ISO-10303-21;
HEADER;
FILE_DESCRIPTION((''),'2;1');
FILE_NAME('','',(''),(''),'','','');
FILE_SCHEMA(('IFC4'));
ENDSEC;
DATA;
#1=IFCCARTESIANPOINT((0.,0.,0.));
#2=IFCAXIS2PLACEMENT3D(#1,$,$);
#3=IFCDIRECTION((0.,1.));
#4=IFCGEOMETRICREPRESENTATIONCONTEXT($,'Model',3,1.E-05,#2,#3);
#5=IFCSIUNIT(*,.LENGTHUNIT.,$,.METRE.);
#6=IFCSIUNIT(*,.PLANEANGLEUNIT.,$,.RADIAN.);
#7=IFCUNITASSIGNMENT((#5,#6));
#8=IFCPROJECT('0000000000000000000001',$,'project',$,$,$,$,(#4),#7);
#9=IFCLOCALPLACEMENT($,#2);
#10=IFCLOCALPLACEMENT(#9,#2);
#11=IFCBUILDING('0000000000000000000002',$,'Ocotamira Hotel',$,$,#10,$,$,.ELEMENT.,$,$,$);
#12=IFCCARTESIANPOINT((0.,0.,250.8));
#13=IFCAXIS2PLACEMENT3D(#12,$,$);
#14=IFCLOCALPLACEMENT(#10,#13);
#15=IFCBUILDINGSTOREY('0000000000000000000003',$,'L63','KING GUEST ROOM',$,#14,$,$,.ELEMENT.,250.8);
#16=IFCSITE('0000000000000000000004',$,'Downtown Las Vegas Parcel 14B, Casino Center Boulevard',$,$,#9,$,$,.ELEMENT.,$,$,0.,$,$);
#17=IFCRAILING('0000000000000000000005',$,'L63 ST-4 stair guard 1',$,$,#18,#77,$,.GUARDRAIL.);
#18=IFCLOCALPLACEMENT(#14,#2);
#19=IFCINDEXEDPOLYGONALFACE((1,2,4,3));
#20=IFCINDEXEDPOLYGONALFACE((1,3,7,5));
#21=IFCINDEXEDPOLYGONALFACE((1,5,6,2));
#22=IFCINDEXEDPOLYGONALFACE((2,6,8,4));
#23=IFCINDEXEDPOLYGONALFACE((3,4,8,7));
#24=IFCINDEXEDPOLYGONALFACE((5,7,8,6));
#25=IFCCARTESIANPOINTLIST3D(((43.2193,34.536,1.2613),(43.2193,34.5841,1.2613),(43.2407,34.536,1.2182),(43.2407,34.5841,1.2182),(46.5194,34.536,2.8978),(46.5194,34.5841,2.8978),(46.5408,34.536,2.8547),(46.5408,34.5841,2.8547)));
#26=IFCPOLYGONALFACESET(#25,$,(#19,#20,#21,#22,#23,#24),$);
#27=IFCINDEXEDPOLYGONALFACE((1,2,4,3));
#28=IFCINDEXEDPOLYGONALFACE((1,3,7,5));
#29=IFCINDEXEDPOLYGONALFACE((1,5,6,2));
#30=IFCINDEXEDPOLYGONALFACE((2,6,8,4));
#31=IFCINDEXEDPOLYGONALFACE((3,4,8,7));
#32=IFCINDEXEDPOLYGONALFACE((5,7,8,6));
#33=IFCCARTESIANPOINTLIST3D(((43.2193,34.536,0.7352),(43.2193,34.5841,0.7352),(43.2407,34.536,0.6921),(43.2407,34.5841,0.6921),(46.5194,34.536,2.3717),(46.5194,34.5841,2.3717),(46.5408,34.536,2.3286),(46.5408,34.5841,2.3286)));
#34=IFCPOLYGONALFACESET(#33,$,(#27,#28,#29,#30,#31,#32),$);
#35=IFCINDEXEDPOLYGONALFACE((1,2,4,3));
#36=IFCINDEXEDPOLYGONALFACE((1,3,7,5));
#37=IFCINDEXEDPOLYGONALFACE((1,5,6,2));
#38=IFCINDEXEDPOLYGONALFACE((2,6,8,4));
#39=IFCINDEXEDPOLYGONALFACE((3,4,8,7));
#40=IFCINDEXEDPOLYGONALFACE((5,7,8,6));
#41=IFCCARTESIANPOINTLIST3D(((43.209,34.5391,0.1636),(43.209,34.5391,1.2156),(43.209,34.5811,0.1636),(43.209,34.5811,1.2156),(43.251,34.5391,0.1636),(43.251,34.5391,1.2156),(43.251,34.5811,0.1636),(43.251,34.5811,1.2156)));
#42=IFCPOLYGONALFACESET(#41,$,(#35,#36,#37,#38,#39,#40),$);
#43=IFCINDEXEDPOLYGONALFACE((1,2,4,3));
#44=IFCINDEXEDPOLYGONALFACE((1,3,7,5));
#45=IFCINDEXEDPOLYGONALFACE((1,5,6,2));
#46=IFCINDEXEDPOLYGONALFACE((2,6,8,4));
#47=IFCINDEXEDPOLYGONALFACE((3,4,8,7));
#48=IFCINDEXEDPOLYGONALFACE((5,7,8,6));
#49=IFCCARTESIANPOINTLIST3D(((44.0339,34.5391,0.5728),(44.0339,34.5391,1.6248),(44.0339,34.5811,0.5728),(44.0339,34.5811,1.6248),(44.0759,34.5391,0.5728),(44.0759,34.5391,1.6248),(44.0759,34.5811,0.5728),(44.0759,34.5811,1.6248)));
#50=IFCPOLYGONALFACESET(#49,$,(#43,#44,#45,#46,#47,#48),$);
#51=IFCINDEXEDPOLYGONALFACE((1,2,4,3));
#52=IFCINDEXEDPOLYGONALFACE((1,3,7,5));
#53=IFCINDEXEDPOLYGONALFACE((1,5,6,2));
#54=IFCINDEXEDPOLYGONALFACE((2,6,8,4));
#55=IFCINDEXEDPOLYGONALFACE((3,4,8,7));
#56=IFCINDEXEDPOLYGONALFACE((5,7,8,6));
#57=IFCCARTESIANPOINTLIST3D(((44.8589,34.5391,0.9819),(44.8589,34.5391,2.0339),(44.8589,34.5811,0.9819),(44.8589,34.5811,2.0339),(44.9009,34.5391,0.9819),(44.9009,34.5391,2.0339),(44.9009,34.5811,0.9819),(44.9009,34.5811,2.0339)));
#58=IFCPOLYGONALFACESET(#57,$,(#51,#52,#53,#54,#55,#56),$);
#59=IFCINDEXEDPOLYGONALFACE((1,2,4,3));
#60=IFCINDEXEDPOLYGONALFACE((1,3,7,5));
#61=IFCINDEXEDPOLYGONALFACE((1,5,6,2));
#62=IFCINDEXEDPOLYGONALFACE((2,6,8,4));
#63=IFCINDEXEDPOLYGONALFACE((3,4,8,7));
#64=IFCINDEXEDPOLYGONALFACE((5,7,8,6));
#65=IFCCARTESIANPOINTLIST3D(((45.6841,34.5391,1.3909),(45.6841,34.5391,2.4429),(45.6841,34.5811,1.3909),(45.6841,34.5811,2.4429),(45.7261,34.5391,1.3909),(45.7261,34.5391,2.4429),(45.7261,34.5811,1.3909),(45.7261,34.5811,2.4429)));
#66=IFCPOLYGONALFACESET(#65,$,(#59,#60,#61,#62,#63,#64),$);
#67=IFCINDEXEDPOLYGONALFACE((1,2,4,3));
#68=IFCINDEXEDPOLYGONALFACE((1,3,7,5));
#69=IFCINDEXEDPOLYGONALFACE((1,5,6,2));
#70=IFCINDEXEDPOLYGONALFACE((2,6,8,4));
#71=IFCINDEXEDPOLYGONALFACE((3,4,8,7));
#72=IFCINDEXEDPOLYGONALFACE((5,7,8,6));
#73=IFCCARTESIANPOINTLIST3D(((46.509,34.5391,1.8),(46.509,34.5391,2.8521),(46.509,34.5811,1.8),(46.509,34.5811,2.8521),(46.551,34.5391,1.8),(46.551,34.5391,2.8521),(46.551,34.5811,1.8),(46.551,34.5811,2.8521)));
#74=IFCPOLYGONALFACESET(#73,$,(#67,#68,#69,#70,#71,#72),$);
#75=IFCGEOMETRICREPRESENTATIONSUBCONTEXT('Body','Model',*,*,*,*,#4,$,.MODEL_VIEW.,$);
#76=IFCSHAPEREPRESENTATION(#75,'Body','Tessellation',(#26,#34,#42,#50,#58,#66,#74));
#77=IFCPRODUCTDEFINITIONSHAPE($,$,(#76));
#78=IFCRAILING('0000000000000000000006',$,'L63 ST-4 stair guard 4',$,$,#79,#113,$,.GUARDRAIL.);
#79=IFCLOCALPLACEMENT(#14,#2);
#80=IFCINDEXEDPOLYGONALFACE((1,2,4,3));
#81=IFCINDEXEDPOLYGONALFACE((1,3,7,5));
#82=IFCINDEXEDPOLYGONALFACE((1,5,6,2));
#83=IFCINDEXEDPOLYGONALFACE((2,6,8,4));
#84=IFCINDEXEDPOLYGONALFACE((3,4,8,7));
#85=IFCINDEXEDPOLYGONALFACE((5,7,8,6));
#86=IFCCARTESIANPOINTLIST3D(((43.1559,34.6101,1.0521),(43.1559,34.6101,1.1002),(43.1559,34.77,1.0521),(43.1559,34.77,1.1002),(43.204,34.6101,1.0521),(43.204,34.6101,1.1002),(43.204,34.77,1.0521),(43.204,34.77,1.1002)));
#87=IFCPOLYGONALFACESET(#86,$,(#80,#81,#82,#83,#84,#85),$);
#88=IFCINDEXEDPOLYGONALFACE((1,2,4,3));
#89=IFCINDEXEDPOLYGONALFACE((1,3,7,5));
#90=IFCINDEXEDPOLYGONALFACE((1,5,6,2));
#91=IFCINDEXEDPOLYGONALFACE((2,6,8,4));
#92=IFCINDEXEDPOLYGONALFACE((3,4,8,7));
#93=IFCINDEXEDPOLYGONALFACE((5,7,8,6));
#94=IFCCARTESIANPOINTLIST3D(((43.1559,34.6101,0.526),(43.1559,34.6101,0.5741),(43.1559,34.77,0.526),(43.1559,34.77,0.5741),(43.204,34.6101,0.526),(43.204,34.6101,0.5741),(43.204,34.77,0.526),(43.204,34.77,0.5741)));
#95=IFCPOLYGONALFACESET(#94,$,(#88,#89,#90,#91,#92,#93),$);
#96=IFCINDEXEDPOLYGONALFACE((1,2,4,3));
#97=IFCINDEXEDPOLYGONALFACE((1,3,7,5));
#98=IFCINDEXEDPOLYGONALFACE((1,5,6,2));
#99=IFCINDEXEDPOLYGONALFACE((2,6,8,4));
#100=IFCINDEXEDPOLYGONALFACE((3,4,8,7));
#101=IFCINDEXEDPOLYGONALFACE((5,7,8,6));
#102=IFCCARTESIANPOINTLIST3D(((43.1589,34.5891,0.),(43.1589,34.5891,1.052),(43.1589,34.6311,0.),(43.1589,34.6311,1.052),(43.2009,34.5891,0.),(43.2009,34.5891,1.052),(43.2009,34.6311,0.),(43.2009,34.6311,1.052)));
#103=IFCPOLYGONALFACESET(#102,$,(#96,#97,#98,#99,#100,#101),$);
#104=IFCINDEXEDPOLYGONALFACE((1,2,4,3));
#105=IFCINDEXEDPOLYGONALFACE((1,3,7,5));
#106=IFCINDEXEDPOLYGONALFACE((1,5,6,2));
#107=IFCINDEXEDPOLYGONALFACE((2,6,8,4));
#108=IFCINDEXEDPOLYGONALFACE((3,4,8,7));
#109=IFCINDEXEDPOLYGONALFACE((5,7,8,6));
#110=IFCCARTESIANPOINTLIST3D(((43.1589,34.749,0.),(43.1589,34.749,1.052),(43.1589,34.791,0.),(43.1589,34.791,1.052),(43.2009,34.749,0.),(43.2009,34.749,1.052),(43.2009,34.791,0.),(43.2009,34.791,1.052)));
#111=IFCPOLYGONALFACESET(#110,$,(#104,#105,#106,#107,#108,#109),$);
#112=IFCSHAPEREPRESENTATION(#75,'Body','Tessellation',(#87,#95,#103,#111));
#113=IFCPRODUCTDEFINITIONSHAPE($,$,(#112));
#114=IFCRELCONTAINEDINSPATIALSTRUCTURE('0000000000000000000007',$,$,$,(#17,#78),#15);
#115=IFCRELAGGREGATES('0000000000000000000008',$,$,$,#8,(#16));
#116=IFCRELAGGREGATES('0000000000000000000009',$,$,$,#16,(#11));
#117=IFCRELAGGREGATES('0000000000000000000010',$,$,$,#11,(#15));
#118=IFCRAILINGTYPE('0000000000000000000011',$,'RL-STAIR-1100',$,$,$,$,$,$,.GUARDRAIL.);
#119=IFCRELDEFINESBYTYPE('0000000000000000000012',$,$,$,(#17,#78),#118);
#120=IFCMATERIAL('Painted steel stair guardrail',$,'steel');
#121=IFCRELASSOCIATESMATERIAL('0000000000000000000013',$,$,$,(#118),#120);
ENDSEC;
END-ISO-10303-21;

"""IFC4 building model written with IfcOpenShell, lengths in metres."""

from ifc_helpers import new_model, si_unit, direction, frame, origin, origin_2d, place, context, subcontext, project, spatial, rectangle, extrude, material, type_object, element, save


model = new_model("IFC4")

# Units and contexts
model_context = context("Model", 3, precision=1e-05, world=origin(), true_north=direction((0.0, 1.0)))
body_context = subcontext(model_context, "Body", "Model", "MODEL_VIEW")
ifc_project = project(units=[si_unit("LENGTHUNIT", "METRE"), si_unit("PLANEANGLEUNIT", "RADIAN")], contexts=[model_context])

# Site, building, storey
site_placement = place(None, origin())
site = spatial("IfcSite", under=ifc_project, at=site_placement, Name="Downtown Las Vegas Parcel 14B, Casino Center Boulevard", CompositionType="ELEMENT", RefElevation=0.0)
building_placement = place(site_placement, origin())
building = spatial("IfcBuilding", under=site, at=building_placement, Name="Ocotamira Hotel", CompositionType="ELEMENT")
storey_placement = place(building_placement, frame((0.0, 0.0, 250.8)))
storey = spatial("IfcBuildingStorey", under=building, at=storey_placement, Name="L63", Description="KING GUEST ROOM", CompositionType="ELEMENT", Elevation=250.8)

# Railings
ifc_material_1 = material(Name="Painted steel stair guardrail", Category="steel")
railing_type_1 = type_object("IfcRailingType", Name="RL-STAIR-1100", PredefinedType="GUARDRAIL", material=ifc_material_1)
railing_1_placement = place(storey_placement, frame((43.23, 34.5601, 0.1636)))
element("IfcRailing", 1, at=railing_1_placement, inside=storey, type_object=railing_type_1, Name="L63 ST-4 stair guard 1", PredefinedType="GUARDRAIL", context=body_context, shape_type="SweptSolid", body=[
    extrude(rectangle(XDim=0.0481, YDim=0.0481, at=origin_2d()), frame((0.0, 0.0, 1.0762), z_axis=(0.895894, 0.0, 0.444268), x_axis=(0.0, 1.0, 0.0)), (0.0, 0.0, 1.0), 3.6836),
    extrude(rectangle(XDim=0.0481, YDim=0.0481, at=origin_2d()), frame((0.0, 0.0, 0.55), z_axis=(0.895894, 0.0, 0.444268), x_axis=(0.0, 1.0, 0.0)), (0.0, 0.0, 1.0), 3.6836),
    extrude(rectangle(XDim=0.042, YDim=0.042, at=origin_2d()), origin(), (0.0, 0.0, 1.0), 1.052),
    extrude(rectangle(XDim=0.042, YDim=0.042, at=origin_2d()), frame((0.825, 0.0, 0.4092)), (0.0, 0.0, 1.0), 1.052),
    extrude(rectangle(XDim=0.042, YDim=0.042, at=origin_2d()), frame((1.6499, 0.0, 0.8184)), (0.0, 0.0, 1.0), 1.052),
    extrude(rectangle(XDim=0.042, YDim=0.042, at=origin_2d()), frame((2.4751, 0.0, 1.2273)), (0.0, 0.0, 1.0), 1.052),
    extrude(rectangle(XDim=0.042, YDim=0.042, at=origin_2d()), frame((3.3, 0.0, 1.6365)), (0.0, 0.0, 1.0), 1.052),
])
railing_2_placement = place(storey_placement, frame((43.1799, 34.6101, 0.0)))
element("IfcRailing", 2, at=railing_2_placement, inside=storey, type_object=railing_type_1, Name="L63 ST-4 stair guard 4", PredefinedType="GUARDRAIL", context=body_context, shape_type="SweptSolid", body=[
    extrude(rectangle(XDim=0.0481, YDim=0.0481, at=origin_2d()), frame((0.0, 0.0, 1.0762), z_axis=(0.0, 1.0, 0.0), x_axis=(-1.0, 0.0, 0.0)), (0.0, 0.0, 1.0), 0.1599),
    extrude(rectangle(XDim=0.0481, YDim=0.0481, at=origin_2d()), frame((0.0, 0.0, 0.55), z_axis=(0.0, 1.0, 0.0), x_axis=(-1.0, 0.0, 0.0)), (0.0, 0.0, 1.0), 0.1599),
    extrude(rectangle(XDim=0.042, YDim=0.042, at=origin_2d()), origin(), (0.0, 0.0, 1.0), 1.052),
    extrude(rectangle(XDim=0.042, YDim=0.042, at=origin_2d()), frame((0.0, 0.1599, 0.0)), (0.0, 0.0, 1.0), 1.052),
])

save(model, "model.ifc")
